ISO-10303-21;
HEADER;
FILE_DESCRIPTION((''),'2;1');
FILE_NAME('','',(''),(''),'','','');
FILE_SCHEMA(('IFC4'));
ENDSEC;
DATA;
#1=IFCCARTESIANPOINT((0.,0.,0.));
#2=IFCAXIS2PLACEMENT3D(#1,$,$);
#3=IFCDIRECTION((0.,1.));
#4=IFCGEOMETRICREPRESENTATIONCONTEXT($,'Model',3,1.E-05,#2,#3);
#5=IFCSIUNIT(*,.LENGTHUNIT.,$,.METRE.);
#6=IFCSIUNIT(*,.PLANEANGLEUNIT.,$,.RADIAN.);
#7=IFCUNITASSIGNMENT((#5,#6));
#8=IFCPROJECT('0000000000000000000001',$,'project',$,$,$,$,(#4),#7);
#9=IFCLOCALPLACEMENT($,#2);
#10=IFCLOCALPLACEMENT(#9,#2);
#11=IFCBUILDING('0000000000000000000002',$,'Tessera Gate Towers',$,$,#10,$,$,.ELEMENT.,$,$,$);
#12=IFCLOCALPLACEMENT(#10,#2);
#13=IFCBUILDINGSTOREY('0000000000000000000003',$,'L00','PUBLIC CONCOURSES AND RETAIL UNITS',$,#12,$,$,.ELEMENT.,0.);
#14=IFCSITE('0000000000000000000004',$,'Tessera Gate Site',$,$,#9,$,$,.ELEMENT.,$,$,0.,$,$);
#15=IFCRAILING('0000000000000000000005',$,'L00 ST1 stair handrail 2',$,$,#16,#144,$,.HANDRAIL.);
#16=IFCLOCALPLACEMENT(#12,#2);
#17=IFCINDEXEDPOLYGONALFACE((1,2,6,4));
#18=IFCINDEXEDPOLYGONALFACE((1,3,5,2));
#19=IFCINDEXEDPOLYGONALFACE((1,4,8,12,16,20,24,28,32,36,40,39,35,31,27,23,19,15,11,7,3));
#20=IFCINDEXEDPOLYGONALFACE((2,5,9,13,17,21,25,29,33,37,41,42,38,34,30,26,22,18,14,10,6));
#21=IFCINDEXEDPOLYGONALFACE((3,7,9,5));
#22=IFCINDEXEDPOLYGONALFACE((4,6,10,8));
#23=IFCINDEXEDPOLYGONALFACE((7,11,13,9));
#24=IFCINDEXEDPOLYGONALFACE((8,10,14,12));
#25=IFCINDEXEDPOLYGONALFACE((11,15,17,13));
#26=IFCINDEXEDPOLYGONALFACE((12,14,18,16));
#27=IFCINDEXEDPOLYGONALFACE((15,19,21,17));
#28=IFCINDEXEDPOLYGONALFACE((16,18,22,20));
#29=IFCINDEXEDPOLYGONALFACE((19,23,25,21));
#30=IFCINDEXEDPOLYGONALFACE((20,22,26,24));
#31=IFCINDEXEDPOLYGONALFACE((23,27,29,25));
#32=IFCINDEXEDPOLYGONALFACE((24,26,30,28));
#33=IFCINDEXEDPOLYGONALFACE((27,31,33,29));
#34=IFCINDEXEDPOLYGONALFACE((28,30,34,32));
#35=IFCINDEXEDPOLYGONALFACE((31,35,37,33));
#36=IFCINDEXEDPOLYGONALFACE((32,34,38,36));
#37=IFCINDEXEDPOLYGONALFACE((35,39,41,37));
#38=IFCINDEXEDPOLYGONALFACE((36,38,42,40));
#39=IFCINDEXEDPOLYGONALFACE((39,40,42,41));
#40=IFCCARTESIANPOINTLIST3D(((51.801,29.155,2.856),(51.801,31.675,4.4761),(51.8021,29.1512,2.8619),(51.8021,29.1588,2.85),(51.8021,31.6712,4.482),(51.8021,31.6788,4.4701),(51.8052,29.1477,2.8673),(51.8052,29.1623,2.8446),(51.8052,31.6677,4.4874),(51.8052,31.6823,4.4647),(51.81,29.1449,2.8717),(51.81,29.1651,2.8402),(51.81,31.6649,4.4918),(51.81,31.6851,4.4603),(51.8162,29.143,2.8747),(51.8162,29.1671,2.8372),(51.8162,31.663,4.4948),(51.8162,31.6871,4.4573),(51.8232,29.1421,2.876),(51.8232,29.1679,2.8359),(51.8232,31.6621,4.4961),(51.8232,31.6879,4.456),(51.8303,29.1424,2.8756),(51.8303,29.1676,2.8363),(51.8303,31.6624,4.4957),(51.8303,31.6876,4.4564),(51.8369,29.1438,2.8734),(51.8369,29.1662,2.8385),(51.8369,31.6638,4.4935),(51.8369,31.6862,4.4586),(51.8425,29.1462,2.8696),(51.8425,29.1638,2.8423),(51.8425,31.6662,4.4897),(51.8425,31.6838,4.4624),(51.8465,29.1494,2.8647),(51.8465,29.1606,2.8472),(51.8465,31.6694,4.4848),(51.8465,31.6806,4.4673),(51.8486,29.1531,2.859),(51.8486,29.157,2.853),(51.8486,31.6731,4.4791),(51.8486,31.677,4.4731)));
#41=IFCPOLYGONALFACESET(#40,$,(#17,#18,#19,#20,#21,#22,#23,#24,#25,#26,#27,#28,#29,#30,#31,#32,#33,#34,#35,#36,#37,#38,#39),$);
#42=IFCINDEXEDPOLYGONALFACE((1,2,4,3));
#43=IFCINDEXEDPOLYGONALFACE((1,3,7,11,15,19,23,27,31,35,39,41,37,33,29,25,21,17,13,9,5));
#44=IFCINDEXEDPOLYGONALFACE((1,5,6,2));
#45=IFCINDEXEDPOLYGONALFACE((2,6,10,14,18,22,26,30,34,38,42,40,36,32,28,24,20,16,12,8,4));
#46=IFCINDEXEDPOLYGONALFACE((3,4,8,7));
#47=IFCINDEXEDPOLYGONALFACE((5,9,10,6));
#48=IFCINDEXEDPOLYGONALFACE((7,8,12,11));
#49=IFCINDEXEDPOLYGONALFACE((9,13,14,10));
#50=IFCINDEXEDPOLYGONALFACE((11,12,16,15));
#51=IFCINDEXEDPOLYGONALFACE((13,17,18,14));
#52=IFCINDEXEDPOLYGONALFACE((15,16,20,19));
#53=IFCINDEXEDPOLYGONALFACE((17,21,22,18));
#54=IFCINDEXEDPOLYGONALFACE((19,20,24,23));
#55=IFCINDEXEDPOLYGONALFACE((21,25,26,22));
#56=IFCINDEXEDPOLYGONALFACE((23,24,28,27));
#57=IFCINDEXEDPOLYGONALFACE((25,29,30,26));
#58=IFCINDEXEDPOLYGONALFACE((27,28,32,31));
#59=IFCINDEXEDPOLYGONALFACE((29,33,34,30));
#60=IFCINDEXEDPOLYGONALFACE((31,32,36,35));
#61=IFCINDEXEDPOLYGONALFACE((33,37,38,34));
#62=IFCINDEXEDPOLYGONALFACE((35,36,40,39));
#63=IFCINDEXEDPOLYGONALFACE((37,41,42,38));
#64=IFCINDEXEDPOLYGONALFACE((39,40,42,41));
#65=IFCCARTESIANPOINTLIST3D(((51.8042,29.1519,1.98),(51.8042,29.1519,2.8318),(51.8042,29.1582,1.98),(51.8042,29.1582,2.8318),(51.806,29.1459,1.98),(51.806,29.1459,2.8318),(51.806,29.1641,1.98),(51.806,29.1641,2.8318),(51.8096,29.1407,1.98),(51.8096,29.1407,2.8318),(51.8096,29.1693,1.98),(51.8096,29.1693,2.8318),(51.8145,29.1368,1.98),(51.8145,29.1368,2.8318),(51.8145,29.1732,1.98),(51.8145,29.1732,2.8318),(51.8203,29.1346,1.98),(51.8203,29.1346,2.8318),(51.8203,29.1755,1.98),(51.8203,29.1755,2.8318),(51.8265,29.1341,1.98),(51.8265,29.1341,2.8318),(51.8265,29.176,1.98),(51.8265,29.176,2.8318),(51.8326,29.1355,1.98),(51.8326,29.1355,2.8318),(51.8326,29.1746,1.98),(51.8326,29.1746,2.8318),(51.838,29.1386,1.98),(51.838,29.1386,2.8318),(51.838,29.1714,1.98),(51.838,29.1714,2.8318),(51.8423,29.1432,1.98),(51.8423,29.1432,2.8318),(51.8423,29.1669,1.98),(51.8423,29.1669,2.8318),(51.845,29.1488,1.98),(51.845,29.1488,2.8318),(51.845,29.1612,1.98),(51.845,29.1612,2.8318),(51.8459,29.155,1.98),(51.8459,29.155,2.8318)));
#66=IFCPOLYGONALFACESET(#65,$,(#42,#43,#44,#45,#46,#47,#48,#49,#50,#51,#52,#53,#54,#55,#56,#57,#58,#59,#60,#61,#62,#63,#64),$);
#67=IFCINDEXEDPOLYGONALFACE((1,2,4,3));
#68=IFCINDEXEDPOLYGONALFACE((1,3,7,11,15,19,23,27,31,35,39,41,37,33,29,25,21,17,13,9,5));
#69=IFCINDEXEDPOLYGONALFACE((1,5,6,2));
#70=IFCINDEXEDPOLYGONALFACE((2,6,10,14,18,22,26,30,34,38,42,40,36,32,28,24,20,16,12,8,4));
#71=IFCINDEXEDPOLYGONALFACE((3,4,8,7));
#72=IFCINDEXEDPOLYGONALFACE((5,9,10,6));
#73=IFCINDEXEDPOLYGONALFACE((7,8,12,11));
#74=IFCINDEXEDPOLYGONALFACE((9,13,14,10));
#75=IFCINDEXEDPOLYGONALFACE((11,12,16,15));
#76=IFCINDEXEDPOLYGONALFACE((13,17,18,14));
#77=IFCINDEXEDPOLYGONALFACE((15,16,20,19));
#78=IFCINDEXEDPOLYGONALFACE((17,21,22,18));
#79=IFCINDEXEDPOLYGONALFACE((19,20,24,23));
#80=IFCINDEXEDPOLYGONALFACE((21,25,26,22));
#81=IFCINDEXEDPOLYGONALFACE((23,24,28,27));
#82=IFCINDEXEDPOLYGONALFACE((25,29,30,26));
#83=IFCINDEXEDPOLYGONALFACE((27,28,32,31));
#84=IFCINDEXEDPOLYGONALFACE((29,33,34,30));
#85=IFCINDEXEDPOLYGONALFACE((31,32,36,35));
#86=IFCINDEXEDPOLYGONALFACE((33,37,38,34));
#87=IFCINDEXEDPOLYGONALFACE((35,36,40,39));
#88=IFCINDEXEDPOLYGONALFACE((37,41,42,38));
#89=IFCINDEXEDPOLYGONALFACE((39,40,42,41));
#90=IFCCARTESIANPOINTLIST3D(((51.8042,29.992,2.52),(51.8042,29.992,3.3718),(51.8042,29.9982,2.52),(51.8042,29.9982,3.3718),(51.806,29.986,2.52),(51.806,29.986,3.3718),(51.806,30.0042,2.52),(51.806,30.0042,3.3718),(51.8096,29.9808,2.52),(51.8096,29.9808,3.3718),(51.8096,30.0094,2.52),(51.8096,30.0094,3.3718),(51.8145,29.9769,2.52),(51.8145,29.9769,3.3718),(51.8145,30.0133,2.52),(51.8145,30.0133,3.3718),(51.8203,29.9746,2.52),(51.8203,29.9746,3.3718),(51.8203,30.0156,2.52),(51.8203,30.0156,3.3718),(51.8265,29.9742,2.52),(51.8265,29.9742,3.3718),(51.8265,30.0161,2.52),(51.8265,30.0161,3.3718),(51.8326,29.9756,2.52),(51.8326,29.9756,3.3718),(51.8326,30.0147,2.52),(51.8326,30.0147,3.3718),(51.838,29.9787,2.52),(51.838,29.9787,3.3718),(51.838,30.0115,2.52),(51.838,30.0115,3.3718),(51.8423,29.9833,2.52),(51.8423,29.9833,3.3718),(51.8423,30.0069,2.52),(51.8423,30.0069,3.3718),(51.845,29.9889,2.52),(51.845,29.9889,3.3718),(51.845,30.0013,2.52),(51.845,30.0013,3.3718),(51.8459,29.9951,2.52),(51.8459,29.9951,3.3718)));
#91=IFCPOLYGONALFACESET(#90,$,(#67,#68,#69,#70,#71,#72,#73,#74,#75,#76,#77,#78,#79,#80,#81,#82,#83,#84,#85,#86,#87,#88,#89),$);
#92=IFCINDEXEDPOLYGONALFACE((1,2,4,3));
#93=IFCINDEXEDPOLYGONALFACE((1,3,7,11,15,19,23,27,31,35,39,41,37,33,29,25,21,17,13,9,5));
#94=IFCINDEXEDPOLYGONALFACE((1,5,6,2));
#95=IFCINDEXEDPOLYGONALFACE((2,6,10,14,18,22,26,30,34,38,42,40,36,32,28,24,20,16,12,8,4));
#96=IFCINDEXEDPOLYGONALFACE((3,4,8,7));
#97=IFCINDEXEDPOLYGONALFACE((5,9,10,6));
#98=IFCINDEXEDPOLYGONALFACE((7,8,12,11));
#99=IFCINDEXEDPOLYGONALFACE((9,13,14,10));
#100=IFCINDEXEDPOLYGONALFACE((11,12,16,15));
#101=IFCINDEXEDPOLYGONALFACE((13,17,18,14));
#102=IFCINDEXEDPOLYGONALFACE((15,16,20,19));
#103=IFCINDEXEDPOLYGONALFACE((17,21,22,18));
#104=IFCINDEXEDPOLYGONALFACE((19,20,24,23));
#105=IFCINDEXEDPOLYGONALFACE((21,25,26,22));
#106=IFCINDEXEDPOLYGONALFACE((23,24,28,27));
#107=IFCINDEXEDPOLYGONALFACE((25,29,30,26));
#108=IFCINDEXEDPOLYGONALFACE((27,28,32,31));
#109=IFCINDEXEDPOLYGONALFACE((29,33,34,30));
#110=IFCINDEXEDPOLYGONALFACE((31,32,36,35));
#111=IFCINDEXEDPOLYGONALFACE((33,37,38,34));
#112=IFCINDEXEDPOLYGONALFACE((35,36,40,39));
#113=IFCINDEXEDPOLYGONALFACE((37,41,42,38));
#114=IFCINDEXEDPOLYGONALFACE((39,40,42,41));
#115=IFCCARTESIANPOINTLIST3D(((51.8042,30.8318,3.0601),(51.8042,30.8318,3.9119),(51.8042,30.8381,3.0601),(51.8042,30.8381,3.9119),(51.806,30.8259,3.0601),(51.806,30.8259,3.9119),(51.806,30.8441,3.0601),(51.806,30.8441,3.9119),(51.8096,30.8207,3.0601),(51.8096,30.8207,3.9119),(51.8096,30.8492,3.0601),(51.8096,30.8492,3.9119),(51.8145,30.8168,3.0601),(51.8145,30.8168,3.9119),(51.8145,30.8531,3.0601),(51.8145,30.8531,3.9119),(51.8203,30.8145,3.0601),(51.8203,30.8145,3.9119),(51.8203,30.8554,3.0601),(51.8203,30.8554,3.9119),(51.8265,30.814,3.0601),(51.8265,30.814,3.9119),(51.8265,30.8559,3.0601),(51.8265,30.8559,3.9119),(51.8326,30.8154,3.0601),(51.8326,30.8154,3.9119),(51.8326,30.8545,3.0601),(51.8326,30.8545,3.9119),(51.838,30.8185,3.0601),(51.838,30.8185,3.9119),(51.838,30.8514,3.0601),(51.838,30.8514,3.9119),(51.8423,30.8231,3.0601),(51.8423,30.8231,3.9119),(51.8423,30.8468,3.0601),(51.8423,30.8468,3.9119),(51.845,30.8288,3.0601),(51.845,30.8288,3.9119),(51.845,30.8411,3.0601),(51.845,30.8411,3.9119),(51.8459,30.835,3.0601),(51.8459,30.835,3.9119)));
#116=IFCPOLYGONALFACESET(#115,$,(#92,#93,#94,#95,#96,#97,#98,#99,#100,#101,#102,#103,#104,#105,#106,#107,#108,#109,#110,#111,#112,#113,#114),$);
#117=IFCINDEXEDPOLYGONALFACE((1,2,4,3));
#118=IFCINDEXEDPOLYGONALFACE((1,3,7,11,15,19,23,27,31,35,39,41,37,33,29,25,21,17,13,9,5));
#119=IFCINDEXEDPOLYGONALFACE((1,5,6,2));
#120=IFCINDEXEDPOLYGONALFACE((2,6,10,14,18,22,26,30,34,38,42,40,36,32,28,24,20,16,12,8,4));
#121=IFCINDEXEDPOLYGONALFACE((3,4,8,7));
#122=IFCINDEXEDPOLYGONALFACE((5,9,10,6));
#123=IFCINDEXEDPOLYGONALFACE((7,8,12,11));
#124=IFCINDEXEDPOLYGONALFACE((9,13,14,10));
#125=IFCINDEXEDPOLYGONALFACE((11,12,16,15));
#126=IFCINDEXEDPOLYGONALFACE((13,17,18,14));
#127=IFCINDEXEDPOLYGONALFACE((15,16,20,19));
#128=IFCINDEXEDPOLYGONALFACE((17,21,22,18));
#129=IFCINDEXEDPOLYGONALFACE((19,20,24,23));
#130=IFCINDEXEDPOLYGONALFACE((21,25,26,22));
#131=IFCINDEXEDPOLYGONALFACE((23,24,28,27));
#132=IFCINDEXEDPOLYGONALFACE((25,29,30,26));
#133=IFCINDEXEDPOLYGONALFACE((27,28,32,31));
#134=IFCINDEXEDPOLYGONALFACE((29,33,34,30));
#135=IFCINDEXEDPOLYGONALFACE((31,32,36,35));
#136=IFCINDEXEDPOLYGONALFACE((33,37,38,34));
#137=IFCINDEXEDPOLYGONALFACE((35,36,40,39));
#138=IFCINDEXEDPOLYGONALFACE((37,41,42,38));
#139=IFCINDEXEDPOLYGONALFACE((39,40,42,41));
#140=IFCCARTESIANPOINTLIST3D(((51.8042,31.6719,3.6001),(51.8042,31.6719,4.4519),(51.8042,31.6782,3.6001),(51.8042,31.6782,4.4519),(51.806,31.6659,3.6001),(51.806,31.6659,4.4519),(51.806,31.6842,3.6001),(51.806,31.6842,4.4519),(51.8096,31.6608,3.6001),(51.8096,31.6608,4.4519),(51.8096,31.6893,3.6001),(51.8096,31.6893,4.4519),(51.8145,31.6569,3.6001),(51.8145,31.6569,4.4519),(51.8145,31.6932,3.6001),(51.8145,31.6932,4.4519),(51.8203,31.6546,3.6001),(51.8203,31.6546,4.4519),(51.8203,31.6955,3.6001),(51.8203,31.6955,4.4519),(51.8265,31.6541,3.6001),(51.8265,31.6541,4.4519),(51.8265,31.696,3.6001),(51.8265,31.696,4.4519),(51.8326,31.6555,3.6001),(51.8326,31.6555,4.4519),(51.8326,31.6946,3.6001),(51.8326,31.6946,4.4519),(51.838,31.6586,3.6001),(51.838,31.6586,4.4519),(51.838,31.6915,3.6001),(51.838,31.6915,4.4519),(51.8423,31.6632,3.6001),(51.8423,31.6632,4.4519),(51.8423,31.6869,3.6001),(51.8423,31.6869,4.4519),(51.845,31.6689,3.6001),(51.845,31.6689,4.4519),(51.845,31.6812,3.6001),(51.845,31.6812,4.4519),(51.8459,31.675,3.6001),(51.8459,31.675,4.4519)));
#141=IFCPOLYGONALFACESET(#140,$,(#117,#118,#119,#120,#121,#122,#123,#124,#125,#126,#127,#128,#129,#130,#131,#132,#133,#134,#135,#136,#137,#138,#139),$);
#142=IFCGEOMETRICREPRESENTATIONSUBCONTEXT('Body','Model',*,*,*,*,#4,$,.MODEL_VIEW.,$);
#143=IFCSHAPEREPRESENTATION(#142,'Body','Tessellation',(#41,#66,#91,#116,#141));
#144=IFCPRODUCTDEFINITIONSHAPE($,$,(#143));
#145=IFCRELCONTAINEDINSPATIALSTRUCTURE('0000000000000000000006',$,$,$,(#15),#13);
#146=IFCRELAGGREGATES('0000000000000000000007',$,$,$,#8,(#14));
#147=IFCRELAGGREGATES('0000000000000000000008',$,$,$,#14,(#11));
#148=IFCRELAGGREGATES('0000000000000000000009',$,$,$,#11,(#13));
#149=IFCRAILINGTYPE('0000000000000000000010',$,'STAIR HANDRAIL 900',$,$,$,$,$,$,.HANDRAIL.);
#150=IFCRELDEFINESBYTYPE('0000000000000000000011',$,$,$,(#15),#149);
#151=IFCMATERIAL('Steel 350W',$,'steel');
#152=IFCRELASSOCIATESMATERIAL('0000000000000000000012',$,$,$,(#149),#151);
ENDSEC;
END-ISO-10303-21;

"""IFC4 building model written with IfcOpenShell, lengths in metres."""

from ifc_helpers import new_model, si_unit, direction, frame, origin, origin_2d, place, context, subcontext, project, spatial, circle, extrude, material, type_object, element, save


model = new_model("IFC4")

# Units and contexts
model_context = context("Model", 3, precision=1e-05, world=origin(), true_north=direction((0.0, 1.0)))
body_context = subcontext(model_context, "Body", "Model", "MODEL_VIEW")
ifc_project = project(units=[si_unit("LENGTHUNIT", "METRE"), si_unit("PLANEANGLEUNIT", "RADIAN")], contexts=[model_context])

# Site, building, storey
site_placement = place(None, origin())
site = spatial("IfcSite", under=ifc_project, at=site_placement, Name="Tessera Gate Site", CompositionType="ELEMENT", RefElevation=0.0)
building_placement = place(site_placement, origin())
building = spatial("IfcBuilding", under=site, at=building_placement, Name="Tessera Gate Towers", CompositionType="ELEMENT")
storey_placement = place(building_placement, origin())
storey = spatial("IfcBuildingStorey", under=building, at=storey_placement, Name="L00", Description="PUBLIC CONCOURSES AND RETAIL UNITS", CompositionType="ELEMENT", Elevation=0.0)

# Railing
ifc_material_1 = material(Name="Steel 350W", Category="steel")
railing_type_1 = type_object("IfcRailingType", Name="STAIR HANDRAIL 900", PredefinedType="HANDRAIL", material=ifc_material_1)
railing_1_placement = place(storey_placement, frame((51.825, 29.155, 1.98)))
element("IfcRailing", 1, at=railing_1_placement, inside=storey, type_object=railing_type_1, Name="L00 ST1 stair handrail 2", PredefinedType="HANDRAIL", context=body_context, shape_type="SweptSolid", body=[
    extrude(circle(Radius=0.0239, at=origin_2d()), frame((0.0, 0.0, 0.876), z_axis=(0.0, 0.841163, 0.540782), x_axis=(-1.0, 0.0, 0.0)), (0.0, 0.0, 1.0), 2.9958),
    extrude(circle(Radius=0.021, at=origin_2d()), origin(), (0.0, 0.0, 1.0), 0.8518),
    extrude(circle(Radius=0.021, at=origin_2d()), frame((0.0, 0.8401, 0.54)), (0.0, 0.0, 1.0), 0.8518),
    extrude(circle(Radius=0.021, at=origin_2d()), frame((0.0, 1.6799, 1.0801)), (0.0, 0.0, 1.0), 0.8518),
    extrude(circle(Radius=0.021, at=origin_2d()), frame((0.0, 2.52, 1.6201)), (0.0, 0.0, 1.0), 0.8518),
])

save(model, "model.ifc")
